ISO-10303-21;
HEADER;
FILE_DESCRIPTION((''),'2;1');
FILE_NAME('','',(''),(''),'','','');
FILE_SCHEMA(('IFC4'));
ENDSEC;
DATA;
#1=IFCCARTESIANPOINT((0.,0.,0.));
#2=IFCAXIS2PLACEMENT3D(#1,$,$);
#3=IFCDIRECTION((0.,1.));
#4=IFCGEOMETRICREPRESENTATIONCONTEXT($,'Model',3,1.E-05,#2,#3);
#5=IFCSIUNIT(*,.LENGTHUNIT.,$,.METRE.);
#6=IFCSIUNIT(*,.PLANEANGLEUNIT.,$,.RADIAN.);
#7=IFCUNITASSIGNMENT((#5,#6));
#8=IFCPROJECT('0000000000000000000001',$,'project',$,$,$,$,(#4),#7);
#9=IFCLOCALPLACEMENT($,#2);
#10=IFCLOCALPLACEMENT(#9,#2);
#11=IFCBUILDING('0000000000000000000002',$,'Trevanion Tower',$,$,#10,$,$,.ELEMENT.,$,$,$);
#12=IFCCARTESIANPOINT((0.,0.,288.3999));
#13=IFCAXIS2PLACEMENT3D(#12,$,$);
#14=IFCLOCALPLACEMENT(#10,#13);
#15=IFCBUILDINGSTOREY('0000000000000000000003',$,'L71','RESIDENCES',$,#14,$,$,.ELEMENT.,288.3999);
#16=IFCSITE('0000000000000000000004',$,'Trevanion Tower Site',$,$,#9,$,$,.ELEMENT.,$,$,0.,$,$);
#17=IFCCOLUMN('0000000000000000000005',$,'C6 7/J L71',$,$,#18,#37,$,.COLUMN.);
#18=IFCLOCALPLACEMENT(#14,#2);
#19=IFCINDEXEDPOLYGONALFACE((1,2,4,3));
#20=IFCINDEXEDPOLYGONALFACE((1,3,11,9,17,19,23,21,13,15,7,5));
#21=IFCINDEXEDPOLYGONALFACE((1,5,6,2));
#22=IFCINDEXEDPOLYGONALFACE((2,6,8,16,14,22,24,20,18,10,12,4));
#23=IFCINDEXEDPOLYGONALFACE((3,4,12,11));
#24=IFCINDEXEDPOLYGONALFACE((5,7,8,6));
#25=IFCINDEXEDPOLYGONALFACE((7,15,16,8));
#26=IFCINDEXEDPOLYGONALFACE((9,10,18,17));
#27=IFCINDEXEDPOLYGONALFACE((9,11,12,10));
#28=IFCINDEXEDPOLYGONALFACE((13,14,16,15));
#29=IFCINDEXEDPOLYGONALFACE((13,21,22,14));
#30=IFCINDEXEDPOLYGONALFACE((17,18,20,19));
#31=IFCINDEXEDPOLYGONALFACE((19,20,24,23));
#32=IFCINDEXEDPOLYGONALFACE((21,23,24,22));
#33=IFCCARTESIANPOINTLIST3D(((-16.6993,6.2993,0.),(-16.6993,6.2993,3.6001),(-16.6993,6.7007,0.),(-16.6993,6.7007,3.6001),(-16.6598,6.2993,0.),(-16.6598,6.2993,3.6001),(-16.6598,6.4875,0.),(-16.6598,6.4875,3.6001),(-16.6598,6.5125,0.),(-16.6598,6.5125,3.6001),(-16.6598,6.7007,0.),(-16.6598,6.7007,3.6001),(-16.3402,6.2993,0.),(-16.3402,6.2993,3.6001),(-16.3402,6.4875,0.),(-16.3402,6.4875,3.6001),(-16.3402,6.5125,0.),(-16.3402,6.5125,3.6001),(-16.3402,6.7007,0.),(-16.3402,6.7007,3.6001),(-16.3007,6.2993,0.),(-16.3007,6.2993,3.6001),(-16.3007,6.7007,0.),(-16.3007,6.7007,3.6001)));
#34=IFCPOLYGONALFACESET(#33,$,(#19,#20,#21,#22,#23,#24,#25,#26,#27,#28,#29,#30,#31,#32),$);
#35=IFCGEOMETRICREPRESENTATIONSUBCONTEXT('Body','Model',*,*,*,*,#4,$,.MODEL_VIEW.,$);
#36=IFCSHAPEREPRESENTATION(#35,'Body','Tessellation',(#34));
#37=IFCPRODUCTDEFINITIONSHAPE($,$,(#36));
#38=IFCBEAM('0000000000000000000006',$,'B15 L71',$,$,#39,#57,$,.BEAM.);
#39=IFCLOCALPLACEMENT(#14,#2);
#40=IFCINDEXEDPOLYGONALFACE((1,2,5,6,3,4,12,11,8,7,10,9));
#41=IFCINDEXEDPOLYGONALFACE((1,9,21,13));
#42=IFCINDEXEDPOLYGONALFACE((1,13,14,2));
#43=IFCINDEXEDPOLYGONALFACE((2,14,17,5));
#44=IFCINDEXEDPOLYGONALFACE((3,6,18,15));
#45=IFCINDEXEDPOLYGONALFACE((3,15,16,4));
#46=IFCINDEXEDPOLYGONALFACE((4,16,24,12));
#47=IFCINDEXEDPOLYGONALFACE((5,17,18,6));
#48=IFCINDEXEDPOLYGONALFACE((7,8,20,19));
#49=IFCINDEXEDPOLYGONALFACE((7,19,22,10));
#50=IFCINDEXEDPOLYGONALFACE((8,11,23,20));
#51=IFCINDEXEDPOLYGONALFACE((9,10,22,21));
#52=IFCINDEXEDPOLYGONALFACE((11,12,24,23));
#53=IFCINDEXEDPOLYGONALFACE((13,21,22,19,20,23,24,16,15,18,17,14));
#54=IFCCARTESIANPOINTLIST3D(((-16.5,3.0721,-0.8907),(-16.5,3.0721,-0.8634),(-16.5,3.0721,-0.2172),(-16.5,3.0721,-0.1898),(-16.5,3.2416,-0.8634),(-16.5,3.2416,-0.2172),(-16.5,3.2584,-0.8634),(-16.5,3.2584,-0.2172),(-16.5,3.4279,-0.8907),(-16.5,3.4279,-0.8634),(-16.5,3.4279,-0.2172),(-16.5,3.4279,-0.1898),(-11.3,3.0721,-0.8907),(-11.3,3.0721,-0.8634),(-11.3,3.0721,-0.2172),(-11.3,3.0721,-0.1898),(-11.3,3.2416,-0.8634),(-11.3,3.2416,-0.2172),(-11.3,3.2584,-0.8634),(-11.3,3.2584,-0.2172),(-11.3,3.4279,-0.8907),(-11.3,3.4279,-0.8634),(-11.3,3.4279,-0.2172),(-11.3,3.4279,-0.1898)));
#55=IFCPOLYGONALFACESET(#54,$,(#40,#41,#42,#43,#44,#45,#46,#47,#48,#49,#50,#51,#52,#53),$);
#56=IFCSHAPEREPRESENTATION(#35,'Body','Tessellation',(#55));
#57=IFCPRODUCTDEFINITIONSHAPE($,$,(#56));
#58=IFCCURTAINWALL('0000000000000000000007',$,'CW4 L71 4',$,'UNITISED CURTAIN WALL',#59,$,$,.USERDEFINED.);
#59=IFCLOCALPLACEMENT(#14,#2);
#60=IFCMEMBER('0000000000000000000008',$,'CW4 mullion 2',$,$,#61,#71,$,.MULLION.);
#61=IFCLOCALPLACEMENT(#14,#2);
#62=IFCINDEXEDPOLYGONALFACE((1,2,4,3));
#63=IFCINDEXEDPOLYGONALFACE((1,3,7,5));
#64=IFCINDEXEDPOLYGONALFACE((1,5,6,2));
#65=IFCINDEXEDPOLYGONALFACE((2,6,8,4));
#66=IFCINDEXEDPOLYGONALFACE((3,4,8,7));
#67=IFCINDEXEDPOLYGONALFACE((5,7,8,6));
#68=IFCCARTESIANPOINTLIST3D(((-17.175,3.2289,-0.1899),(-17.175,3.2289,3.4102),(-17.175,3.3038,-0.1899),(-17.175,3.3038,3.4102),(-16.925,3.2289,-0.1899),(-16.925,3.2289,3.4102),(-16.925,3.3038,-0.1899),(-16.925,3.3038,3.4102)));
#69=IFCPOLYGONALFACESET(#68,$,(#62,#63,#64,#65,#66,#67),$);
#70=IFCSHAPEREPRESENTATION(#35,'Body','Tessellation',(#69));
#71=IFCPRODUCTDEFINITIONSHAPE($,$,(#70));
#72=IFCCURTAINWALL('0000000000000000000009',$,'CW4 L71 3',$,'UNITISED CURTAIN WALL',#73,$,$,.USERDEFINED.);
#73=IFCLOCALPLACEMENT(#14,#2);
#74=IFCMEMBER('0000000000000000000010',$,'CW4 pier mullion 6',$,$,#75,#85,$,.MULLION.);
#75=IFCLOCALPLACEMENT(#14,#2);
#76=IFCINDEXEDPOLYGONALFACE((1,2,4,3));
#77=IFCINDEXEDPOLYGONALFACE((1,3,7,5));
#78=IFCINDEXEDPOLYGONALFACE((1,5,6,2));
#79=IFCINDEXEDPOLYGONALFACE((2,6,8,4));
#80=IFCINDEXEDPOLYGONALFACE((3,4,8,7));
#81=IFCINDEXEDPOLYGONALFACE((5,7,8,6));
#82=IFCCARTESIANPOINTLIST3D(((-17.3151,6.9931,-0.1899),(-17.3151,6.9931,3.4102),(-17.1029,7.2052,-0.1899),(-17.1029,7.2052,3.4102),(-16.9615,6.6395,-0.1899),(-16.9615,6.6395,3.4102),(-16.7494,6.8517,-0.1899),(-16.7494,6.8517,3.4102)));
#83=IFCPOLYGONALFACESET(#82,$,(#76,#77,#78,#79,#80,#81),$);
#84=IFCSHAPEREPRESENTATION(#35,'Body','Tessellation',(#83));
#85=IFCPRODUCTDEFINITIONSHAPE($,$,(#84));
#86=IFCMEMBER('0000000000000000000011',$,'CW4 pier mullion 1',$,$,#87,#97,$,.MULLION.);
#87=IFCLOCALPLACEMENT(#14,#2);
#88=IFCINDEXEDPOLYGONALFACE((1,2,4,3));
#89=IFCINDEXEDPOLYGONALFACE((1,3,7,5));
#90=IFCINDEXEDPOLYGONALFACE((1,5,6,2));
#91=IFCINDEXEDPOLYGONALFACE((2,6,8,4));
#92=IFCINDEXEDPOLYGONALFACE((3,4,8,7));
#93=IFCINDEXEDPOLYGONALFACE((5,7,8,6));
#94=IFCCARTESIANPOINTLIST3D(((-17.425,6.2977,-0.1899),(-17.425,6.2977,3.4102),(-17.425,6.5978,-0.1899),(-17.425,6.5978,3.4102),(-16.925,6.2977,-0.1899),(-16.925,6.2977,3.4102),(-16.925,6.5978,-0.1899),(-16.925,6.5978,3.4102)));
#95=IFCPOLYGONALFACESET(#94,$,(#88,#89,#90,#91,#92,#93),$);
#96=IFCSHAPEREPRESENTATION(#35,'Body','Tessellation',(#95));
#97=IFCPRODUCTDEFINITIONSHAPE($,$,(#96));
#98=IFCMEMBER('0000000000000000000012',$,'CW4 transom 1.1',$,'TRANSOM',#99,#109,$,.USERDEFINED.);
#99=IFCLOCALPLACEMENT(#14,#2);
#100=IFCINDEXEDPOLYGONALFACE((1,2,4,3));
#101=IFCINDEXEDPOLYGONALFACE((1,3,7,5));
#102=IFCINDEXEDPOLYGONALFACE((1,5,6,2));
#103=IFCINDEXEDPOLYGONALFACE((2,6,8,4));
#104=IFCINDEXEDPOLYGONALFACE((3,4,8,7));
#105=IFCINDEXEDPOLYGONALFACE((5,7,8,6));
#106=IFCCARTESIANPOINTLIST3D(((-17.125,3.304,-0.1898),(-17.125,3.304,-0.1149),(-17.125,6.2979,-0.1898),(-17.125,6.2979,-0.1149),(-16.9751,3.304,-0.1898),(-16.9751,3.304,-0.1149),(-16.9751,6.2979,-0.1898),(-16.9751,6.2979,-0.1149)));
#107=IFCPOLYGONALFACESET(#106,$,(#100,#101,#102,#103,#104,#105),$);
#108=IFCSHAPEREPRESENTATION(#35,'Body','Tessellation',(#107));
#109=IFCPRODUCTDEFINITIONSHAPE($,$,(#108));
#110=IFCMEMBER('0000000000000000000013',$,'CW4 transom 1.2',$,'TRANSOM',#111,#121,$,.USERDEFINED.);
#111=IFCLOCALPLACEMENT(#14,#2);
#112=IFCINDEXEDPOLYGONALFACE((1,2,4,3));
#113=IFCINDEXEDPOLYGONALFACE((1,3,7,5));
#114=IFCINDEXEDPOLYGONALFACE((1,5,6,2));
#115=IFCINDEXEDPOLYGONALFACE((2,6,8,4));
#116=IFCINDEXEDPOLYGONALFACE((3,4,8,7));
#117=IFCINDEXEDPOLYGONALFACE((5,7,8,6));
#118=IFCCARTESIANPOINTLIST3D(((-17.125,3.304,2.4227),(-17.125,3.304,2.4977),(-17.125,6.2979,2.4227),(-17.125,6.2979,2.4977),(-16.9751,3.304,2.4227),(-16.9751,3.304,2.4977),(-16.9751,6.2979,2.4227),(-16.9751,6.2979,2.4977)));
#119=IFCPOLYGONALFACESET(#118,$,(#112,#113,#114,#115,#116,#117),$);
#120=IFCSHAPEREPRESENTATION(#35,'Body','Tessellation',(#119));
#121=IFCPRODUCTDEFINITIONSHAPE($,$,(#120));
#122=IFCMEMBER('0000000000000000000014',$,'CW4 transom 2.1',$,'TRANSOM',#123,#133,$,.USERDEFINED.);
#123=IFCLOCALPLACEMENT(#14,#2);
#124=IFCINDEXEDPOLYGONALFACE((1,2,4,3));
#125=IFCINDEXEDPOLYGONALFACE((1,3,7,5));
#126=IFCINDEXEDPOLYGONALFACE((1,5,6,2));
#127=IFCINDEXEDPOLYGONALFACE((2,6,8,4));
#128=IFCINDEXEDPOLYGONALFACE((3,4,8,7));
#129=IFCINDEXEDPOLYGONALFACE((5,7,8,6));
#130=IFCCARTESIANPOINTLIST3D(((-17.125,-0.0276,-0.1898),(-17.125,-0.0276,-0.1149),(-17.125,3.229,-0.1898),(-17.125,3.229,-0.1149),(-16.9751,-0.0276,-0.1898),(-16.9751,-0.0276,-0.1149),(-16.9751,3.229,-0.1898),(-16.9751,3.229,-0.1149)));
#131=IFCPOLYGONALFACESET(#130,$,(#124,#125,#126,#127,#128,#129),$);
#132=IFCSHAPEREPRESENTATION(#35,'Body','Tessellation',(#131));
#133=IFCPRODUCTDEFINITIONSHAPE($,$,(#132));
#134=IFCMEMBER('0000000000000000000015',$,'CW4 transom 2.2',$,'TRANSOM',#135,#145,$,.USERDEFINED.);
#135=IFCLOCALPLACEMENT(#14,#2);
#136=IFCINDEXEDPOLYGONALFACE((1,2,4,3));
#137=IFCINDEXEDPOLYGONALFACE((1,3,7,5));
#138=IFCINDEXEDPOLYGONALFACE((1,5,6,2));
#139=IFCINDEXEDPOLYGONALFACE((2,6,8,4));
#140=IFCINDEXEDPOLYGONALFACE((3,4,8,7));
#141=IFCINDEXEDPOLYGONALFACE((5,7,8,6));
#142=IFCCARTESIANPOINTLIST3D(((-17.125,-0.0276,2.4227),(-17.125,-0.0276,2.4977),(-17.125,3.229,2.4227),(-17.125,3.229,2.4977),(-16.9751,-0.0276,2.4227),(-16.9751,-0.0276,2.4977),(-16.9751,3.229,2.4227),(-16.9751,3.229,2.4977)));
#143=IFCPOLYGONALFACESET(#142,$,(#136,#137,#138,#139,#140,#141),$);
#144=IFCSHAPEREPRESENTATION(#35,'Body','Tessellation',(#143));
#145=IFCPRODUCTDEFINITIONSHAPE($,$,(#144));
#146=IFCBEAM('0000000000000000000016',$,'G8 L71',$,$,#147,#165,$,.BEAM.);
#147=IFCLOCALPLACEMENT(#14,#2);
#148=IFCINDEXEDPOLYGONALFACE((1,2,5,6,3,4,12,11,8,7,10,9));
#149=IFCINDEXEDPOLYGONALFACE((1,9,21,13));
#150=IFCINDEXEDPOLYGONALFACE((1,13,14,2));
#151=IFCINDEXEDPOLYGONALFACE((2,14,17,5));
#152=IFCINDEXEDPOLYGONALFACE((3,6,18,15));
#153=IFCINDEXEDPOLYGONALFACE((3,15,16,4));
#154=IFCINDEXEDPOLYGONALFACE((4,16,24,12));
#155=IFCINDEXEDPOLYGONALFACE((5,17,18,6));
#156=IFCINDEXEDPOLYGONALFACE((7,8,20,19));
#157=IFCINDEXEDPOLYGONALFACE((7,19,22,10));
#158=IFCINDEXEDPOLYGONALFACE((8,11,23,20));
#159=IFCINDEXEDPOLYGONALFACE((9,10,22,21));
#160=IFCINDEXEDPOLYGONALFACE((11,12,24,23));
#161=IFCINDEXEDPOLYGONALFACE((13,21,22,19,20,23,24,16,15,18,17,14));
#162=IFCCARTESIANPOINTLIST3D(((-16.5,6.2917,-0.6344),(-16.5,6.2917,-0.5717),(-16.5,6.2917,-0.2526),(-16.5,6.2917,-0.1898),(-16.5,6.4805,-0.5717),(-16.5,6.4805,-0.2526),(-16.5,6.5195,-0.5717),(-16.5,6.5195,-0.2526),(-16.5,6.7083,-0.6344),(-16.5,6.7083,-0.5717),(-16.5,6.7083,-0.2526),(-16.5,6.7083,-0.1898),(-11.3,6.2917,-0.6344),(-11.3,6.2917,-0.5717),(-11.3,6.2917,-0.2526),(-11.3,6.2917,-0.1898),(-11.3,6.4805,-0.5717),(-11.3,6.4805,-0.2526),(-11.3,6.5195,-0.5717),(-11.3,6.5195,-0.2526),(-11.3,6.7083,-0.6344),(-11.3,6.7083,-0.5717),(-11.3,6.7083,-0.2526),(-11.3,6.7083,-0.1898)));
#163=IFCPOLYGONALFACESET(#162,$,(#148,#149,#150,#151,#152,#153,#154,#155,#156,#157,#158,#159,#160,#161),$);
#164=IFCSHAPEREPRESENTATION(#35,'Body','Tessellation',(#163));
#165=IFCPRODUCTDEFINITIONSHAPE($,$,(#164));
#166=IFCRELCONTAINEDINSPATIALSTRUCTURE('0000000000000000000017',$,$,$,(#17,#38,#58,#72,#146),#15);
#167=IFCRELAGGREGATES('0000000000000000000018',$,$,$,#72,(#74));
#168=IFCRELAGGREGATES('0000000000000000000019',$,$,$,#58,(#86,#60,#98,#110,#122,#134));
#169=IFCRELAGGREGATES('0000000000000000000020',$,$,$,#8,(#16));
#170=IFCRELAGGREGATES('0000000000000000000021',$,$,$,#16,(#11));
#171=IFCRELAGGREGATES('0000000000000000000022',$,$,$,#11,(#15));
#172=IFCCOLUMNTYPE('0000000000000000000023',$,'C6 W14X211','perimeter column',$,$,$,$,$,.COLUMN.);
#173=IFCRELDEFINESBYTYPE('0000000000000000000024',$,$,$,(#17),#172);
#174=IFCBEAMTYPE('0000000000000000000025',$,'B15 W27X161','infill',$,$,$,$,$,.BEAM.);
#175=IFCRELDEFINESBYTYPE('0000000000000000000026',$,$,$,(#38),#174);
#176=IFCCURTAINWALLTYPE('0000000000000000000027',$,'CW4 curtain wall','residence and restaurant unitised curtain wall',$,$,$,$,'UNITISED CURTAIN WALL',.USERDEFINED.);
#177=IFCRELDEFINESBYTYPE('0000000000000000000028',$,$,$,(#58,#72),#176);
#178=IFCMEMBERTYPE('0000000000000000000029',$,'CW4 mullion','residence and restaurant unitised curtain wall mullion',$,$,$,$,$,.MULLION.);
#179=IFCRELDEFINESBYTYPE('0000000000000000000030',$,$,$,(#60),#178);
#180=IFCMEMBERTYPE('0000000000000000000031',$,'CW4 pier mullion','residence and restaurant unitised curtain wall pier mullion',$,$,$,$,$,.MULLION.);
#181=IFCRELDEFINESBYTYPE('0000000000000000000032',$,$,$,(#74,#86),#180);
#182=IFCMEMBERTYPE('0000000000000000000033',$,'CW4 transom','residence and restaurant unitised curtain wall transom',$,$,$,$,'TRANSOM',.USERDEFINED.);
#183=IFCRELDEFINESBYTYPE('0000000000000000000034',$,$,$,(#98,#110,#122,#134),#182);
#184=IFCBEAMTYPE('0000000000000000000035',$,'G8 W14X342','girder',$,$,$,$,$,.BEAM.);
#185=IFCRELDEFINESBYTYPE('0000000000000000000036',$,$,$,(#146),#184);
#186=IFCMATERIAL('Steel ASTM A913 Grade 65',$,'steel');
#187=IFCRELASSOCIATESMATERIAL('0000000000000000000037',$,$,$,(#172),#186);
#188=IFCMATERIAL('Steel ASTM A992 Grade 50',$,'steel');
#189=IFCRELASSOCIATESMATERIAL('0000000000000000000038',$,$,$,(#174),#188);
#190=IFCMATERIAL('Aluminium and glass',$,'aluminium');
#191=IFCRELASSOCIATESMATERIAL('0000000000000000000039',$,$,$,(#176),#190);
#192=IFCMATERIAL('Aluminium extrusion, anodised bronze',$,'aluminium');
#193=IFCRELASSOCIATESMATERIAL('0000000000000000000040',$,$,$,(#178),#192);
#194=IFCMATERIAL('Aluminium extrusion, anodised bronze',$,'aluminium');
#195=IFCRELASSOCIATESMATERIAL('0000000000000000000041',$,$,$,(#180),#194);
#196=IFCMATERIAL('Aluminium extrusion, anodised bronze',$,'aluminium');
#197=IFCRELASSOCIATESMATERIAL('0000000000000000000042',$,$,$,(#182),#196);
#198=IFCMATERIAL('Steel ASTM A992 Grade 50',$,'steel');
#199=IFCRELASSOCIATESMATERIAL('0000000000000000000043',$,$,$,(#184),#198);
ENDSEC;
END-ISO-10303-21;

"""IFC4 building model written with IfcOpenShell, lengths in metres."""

from ifc_helpers import new_model, si_unit, direction, frame, origin, origin_2d, place, context, subcontext, project, spatial, rectangle, i_section, extrude, material, material_profile, profile_set, type_object, element, aggregate, save


model = new_model("IFC4")

# Units and contexts
model_context = context("Model", 3, precision=1e-05, world=origin(), true_north=direction((0.0, 1.0)))
body_context = subcontext(model_context, "Body", "Model", "MODEL_VIEW")
ifc_project = project(units=[si_unit("LENGTHUNIT", "METRE"), si_unit("PLANEANGLEUNIT", "RADIAN")], contexts=[model_context])

# Site, building, storey
site_placement = place(None, origin())
site = spatial("IfcSite", under=ifc_project, at=site_placement, Name="Trevanion Tower Site", CompositionType="ELEMENT", RefElevation=0.0)
building_placement = place(site_placement, origin())
building = spatial("IfcBuilding", under=site, at=building_placement, Name="Trevanion Tower", CompositionType="ELEMENT")
storey_placement = place(building_placement, frame((0.0, 0.0, 288.3999)))
storey = spatial("IfcBuildingStorey", under=building, at=storey_placement, Name="L71", Description="RESIDENCES", CompositionType="ELEMENT", Elevation=288.3999)

# Column
ifc_material_1 = material(Name="Steel ASTM A913 Grade 65", Category="steel")
ifc_material_profile_1 = material_profile(ifc_material_1, i_section(OverallWidth=0.4014, OverallDepth=0.3987, WebThickness=0.0249, FlangeThickness=0.0396, at=origin_2d()), Name="W14X211")
ifc_profile_set_1 = profile_set([ifc_material_profile_1], Name="Steel ASTM A913 Grade 65")
column_type = type_object("IfcColumnType", Name="C6 W14X211", Description="perimeter column", PredefinedType="COLUMN", material=ifc_profile_set_1)
column_placement = place(storey_placement, frame((-16.5, 6.5, 0.0), z_axis=(0.0, 0.0, 1.0), x_axis=(0.0, 1.0, 0.0)))
element("IfcColumn", 1, at=column_placement, inside=storey, type_object=column_type, Name="C6 7/J L71", PredefinedType="COLUMN", context=body_context, shape_type="SweptSolid", body=[
    extrude(i_section(OverallWidth=0.4014, OverallDepth=0.3987, WebThickness=0.0249, FlangeThickness=0.0396, at=origin_2d()), origin(), (0.0, 0.0, 1.0), 3.6001),
])

# Beam
ifc_material_2 = material(Name="Steel ASTM A992 Grade 50", Category="steel")
ifc_material_profile_2 = material_profile(ifc_material_2, i_section(OverallWidth=0.3557, OverallDepth=0.7009, WebThickness=0.0168, FlangeThickness=0.0273, at=origin_2d()), Name="W27X161")
ifc_profile_set_2 = profile_set([ifc_material_profile_2], Name="Steel ASTM A992 Grade 50")
beam_type_1 = type_object("IfcBeamType", Name="B15 W27X161", Description="infill", PredefinedType="BEAM", material=ifc_profile_set_2)
beam_1_placement = place(storey_placement, frame((-11.3, 3.25, -0.5403), z_axis=(-1.0, 0.0, 0.0), x_axis=(0.0, -1.0, 0.0)))
element("IfcBeam", 2, at=beam_1_placement, inside=storey, type_object=beam_type_1, Name="B15 L71", PredefinedType="BEAM", context=body_context, shape_type="SweptSolid", body=[
    extrude(i_section(OverallWidth=0.3557, OverallDepth=0.7009, WebThickness=0.0168, FlangeThickness=0.0273, at=origin_2d()), origin(), (0.0, 0.0, 1.0), 5.2),
])

# Curtain walls, members
ifc_material_3 = material(Name="Aluminium and glass", Category="aluminium")
curtain_wall_type = type_object("IfcCurtainWallType", Name="CW4 curtain wall", Description="residence and restaurant unitised curtain wall", ElementType="UNITISED CURTAIN WALL", PredefinedType="USERDEFINED", material=ifc_material_3)
curtain_wall_1_placement = place(storey_placement, origin())
curtain_wall_1 = element("IfcCurtainWall", 3, at=curtain_wall_1_placement, inside=storey, type_object=curtain_wall_type, Name="CW4 L71 4", ObjectType="UNITISED CURTAIN WALL", PredefinedType="USERDEFINED")
ifc_material_4 = material(Name="Aluminium extrusion, anodised bronze", Category="aluminium")
ifc_material_profile_3 = material_profile(ifc_material_4, rectangle(XDim=0.075, YDim=0.25, at=origin_2d()), Name="CW4 mullion")
ifc_profile_set_3 = profile_set([ifc_material_profile_3], Name="Aluminium extrusion, anodised bronze")
member_type_1 = type_object("IfcMemberType", Name="CW4 mullion", Description="residence and restaurant unitised curtain wall mullion", PredefinedType="MULLION", material=ifc_profile_set_3)
member_1_placement = place(storey_placement, frame((-17.05, 3.2664, -0.1899), z_axis=(0.0, 0.0, 1.0), x_axis=(0.0, -1.0, 0.0)))
member_1 = element("IfcMember", 4, at=member_1_placement, type_object=member_type_1, Name="CW4 mullion 2", PredefinedType="MULLION", context=body_context, shape_type="SweptSolid", body=[
    extrude(rectangle(XDim=0.075, YDim=0.25, at=origin_2d()), origin(), (0.0, 0.0, 1.0), 3.6001),
])
curtain_wall_2_placement = place(storey_placement, origin())
curtain_wall_2 = element("IfcCurtainWall", 5, at=curtain_wall_2_placement, inside=storey, type_object=curtain_wall_type, Name="CW4 L71 3", ObjectType="UNITISED CURTAIN WALL", PredefinedType="USERDEFINED")
ifc_material_5 = material(Name="Aluminium extrusion, anodised bronze", Category="aluminium")
ifc_material_profile_4 = material_profile(ifc_material_5, rectangle(XDim=0.3, YDim=0.5, at=origin_2d()), Name="CW4 pier mullion")
ifc_profile_set_4 = profile_set([ifc_material_profile_4], Name="Aluminium extrusion, anodised bronze")
member_type_2 = type_object("IfcMemberType", Name="CW4 pier mullion", Description="residence and restaurant unitised curtain wall pier mullion", PredefinedType="MULLION", material=ifc_profile_set_4)
member_2_placement = place(storey_placement, frame((-17.0322, 6.9224, -0.1899), z_axis=(0.0, 0.0, 1.0), x_axis=(-0.707107, -0.707107, 0.0)))
member_2 = element("IfcMember", 6, at=member_2_placement, type_object=member_type_2, Name="CW4 pier mullion 6", PredefinedType="MULLION", context=body_context, shape_type="SweptSolid", body=[
    extrude(rectangle(XDim=0.3, YDim=0.5, at=origin_2d()), origin(), (0.0, 0.0, 1.0), 3.6001),
])

# Members
member_3_placement = place(storey_placement, frame((-17.175, 6.4478, -0.1899), z_axis=(0.0, 0.0, 1.0), x_axis=(0.0, -1.0, 0.0)))
member_3 = element("IfcMember", 7, at=member_3_placement, type_object=member_type_2, Name="CW4 pier mullion 1", PredefinedType="MULLION", context=body_context, shape_type="SweptSolid", body=[
    extrude(rectangle(XDim=0.3, YDim=0.5, at=origin_2d()), origin(), (0.0, 0.0, 1.0), 3.6001),
])
ifc_material_6 = material(Name="Aluminium extrusion, anodised bronze", Category="aluminium")
ifc_material_profile_5 = material_profile(ifc_material_6, rectangle(XDim=0.1499, YDim=0.075, at=origin_2d()), Name="CW4 transom")
ifc_profile_set_5 = profile_set([ifc_material_profile_5], Name="Aluminium extrusion, anodised bronze")
member_type_3 = type_object("IfcMemberType", Name="CW4 transom", Description="residence and restaurant unitised curtain wall transom", ElementType="TRANSOM", PredefinedType="USERDEFINED", material=ifc_profile_set_5)
member_4_placement = place(storey_placement, frame((-17.05, 6.2979, -0.1523), z_axis=(0.0, -1.0, 0.0), x_axis=(1.0, 0.0, 0.0)))
member_4 = element("IfcMember", 8, at=member_4_placement, type_object=member_type_3, Name="CW4 transom 1.1", ObjectType="TRANSOM", PredefinedType="USERDEFINED", context=body_context, shape_type="SweptSolid", body=[
    extrude(rectangle(XDim=0.1499, YDim=0.075, at=origin_2d()), origin(), (0.0, 0.0, 1.0), 2.9939),
])
member_5_placement = place(storey_placement, frame((-17.05, 6.2979, 2.4602), z_axis=(0.0, -1.0, 0.0), x_axis=(1.0, 0.0, 0.0)))
member_5 = element("IfcMember", 9, at=member_5_placement, type_object=member_type_3, Name="CW4 transom 1.2", ObjectType="TRANSOM", PredefinedType="USERDEFINED", context=body_context, shape_type="SweptSolid", body=[
    extrude(rectangle(XDim=0.1499, YDim=0.075, at=origin_2d()), origin(), (0.0, 0.0, 1.0), 2.9939),
])
member_6_placement = place(storey_placement, frame((-17.05, 3.229, -0.1523), z_axis=(0.0, -1.0, 0.0), x_axis=(1.0, 0.0, 0.0)))
member_6 = element("IfcMember", 10, at=member_6_placement, type_object=member_type_3, Name="CW4 transom 2.1", ObjectType="TRANSOM", PredefinedType="USERDEFINED", context=body_context, shape_type="SweptSolid", body=[
    extrude(rectangle(XDim=0.1499, YDim=0.075, at=origin_2d()), origin(), (0.0, 0.0, 1.0), 3.2566),
])
member_7_placement = place(storey_placement, frame((-17.05, 3.229, 2.4602), z_axis=(0.0, -1.0, 0.0), x_axis=(1.0, 0.0, 0.0)))
member_7 = element("IfcMember", 11, at=member_7_placement, type_object=member_type_3, Name="CW4 transom 2.2", ObjectType="TRANSOM", PredefinedType="USERDEFINED", context=body_context, shape_type="SweptSolid", body=[
    extrude(rectangle(XDim=0.1499, YDim=0.075, at=origin_2d()), origin(), (0.0, 0.0, 1.0), 3.2566),
])

# Beam
ifc_material_7 = material(Name="Steel ASTM A992 Grade 50", Category="steel")
ifc_material_profile_6 = material_profile(ifc_material_7, i_section(OverallWidth=0.4165, OverallDepth=0.4446, WebThickness=0.0391, FlangeThickness=0.0627, at=origin_2d()), Name="W14X342")
ifc_profile_set_6 = profile_set([ifc_material_profile_6], Name="Steel ASTM A992 Grade 50")
beam_type_2 = type_object("IfcBeamType", Name="G8 W14X342", Description="girder", PredefinedType="BEAM", material=ifc_profile_set_6)
beam_2_placement = place(storey_placement, frame((-11.3, 6.5, -0.4121), z_axis=(-1.0, 0.0, 0.0), x_axis=(0.0, -1.0, 0.0)))
element("IfcBeam", 12, at=beam_2_placement, inside=storey, type_object=beam_type_2, Name="G8 L71", PredefinedType="BEAM", context=body_context, shape_type="SweptSolid", body=[
    extrude(i_section(OverallWidth=0.4165, OverallDepth=0.4446, WebThickness=0.0391, FlangeThickness=0.0627, at=origin_2d()), origin(), (0.0, 0.0, 1.0), 5.2),
])

aggregate(curtain_wall_2, [member_2])
aggregate(curtain_wall_1, [member_3, member_1, member_4, member_5, member_6, member_7])

save(model, "model.ifc")
